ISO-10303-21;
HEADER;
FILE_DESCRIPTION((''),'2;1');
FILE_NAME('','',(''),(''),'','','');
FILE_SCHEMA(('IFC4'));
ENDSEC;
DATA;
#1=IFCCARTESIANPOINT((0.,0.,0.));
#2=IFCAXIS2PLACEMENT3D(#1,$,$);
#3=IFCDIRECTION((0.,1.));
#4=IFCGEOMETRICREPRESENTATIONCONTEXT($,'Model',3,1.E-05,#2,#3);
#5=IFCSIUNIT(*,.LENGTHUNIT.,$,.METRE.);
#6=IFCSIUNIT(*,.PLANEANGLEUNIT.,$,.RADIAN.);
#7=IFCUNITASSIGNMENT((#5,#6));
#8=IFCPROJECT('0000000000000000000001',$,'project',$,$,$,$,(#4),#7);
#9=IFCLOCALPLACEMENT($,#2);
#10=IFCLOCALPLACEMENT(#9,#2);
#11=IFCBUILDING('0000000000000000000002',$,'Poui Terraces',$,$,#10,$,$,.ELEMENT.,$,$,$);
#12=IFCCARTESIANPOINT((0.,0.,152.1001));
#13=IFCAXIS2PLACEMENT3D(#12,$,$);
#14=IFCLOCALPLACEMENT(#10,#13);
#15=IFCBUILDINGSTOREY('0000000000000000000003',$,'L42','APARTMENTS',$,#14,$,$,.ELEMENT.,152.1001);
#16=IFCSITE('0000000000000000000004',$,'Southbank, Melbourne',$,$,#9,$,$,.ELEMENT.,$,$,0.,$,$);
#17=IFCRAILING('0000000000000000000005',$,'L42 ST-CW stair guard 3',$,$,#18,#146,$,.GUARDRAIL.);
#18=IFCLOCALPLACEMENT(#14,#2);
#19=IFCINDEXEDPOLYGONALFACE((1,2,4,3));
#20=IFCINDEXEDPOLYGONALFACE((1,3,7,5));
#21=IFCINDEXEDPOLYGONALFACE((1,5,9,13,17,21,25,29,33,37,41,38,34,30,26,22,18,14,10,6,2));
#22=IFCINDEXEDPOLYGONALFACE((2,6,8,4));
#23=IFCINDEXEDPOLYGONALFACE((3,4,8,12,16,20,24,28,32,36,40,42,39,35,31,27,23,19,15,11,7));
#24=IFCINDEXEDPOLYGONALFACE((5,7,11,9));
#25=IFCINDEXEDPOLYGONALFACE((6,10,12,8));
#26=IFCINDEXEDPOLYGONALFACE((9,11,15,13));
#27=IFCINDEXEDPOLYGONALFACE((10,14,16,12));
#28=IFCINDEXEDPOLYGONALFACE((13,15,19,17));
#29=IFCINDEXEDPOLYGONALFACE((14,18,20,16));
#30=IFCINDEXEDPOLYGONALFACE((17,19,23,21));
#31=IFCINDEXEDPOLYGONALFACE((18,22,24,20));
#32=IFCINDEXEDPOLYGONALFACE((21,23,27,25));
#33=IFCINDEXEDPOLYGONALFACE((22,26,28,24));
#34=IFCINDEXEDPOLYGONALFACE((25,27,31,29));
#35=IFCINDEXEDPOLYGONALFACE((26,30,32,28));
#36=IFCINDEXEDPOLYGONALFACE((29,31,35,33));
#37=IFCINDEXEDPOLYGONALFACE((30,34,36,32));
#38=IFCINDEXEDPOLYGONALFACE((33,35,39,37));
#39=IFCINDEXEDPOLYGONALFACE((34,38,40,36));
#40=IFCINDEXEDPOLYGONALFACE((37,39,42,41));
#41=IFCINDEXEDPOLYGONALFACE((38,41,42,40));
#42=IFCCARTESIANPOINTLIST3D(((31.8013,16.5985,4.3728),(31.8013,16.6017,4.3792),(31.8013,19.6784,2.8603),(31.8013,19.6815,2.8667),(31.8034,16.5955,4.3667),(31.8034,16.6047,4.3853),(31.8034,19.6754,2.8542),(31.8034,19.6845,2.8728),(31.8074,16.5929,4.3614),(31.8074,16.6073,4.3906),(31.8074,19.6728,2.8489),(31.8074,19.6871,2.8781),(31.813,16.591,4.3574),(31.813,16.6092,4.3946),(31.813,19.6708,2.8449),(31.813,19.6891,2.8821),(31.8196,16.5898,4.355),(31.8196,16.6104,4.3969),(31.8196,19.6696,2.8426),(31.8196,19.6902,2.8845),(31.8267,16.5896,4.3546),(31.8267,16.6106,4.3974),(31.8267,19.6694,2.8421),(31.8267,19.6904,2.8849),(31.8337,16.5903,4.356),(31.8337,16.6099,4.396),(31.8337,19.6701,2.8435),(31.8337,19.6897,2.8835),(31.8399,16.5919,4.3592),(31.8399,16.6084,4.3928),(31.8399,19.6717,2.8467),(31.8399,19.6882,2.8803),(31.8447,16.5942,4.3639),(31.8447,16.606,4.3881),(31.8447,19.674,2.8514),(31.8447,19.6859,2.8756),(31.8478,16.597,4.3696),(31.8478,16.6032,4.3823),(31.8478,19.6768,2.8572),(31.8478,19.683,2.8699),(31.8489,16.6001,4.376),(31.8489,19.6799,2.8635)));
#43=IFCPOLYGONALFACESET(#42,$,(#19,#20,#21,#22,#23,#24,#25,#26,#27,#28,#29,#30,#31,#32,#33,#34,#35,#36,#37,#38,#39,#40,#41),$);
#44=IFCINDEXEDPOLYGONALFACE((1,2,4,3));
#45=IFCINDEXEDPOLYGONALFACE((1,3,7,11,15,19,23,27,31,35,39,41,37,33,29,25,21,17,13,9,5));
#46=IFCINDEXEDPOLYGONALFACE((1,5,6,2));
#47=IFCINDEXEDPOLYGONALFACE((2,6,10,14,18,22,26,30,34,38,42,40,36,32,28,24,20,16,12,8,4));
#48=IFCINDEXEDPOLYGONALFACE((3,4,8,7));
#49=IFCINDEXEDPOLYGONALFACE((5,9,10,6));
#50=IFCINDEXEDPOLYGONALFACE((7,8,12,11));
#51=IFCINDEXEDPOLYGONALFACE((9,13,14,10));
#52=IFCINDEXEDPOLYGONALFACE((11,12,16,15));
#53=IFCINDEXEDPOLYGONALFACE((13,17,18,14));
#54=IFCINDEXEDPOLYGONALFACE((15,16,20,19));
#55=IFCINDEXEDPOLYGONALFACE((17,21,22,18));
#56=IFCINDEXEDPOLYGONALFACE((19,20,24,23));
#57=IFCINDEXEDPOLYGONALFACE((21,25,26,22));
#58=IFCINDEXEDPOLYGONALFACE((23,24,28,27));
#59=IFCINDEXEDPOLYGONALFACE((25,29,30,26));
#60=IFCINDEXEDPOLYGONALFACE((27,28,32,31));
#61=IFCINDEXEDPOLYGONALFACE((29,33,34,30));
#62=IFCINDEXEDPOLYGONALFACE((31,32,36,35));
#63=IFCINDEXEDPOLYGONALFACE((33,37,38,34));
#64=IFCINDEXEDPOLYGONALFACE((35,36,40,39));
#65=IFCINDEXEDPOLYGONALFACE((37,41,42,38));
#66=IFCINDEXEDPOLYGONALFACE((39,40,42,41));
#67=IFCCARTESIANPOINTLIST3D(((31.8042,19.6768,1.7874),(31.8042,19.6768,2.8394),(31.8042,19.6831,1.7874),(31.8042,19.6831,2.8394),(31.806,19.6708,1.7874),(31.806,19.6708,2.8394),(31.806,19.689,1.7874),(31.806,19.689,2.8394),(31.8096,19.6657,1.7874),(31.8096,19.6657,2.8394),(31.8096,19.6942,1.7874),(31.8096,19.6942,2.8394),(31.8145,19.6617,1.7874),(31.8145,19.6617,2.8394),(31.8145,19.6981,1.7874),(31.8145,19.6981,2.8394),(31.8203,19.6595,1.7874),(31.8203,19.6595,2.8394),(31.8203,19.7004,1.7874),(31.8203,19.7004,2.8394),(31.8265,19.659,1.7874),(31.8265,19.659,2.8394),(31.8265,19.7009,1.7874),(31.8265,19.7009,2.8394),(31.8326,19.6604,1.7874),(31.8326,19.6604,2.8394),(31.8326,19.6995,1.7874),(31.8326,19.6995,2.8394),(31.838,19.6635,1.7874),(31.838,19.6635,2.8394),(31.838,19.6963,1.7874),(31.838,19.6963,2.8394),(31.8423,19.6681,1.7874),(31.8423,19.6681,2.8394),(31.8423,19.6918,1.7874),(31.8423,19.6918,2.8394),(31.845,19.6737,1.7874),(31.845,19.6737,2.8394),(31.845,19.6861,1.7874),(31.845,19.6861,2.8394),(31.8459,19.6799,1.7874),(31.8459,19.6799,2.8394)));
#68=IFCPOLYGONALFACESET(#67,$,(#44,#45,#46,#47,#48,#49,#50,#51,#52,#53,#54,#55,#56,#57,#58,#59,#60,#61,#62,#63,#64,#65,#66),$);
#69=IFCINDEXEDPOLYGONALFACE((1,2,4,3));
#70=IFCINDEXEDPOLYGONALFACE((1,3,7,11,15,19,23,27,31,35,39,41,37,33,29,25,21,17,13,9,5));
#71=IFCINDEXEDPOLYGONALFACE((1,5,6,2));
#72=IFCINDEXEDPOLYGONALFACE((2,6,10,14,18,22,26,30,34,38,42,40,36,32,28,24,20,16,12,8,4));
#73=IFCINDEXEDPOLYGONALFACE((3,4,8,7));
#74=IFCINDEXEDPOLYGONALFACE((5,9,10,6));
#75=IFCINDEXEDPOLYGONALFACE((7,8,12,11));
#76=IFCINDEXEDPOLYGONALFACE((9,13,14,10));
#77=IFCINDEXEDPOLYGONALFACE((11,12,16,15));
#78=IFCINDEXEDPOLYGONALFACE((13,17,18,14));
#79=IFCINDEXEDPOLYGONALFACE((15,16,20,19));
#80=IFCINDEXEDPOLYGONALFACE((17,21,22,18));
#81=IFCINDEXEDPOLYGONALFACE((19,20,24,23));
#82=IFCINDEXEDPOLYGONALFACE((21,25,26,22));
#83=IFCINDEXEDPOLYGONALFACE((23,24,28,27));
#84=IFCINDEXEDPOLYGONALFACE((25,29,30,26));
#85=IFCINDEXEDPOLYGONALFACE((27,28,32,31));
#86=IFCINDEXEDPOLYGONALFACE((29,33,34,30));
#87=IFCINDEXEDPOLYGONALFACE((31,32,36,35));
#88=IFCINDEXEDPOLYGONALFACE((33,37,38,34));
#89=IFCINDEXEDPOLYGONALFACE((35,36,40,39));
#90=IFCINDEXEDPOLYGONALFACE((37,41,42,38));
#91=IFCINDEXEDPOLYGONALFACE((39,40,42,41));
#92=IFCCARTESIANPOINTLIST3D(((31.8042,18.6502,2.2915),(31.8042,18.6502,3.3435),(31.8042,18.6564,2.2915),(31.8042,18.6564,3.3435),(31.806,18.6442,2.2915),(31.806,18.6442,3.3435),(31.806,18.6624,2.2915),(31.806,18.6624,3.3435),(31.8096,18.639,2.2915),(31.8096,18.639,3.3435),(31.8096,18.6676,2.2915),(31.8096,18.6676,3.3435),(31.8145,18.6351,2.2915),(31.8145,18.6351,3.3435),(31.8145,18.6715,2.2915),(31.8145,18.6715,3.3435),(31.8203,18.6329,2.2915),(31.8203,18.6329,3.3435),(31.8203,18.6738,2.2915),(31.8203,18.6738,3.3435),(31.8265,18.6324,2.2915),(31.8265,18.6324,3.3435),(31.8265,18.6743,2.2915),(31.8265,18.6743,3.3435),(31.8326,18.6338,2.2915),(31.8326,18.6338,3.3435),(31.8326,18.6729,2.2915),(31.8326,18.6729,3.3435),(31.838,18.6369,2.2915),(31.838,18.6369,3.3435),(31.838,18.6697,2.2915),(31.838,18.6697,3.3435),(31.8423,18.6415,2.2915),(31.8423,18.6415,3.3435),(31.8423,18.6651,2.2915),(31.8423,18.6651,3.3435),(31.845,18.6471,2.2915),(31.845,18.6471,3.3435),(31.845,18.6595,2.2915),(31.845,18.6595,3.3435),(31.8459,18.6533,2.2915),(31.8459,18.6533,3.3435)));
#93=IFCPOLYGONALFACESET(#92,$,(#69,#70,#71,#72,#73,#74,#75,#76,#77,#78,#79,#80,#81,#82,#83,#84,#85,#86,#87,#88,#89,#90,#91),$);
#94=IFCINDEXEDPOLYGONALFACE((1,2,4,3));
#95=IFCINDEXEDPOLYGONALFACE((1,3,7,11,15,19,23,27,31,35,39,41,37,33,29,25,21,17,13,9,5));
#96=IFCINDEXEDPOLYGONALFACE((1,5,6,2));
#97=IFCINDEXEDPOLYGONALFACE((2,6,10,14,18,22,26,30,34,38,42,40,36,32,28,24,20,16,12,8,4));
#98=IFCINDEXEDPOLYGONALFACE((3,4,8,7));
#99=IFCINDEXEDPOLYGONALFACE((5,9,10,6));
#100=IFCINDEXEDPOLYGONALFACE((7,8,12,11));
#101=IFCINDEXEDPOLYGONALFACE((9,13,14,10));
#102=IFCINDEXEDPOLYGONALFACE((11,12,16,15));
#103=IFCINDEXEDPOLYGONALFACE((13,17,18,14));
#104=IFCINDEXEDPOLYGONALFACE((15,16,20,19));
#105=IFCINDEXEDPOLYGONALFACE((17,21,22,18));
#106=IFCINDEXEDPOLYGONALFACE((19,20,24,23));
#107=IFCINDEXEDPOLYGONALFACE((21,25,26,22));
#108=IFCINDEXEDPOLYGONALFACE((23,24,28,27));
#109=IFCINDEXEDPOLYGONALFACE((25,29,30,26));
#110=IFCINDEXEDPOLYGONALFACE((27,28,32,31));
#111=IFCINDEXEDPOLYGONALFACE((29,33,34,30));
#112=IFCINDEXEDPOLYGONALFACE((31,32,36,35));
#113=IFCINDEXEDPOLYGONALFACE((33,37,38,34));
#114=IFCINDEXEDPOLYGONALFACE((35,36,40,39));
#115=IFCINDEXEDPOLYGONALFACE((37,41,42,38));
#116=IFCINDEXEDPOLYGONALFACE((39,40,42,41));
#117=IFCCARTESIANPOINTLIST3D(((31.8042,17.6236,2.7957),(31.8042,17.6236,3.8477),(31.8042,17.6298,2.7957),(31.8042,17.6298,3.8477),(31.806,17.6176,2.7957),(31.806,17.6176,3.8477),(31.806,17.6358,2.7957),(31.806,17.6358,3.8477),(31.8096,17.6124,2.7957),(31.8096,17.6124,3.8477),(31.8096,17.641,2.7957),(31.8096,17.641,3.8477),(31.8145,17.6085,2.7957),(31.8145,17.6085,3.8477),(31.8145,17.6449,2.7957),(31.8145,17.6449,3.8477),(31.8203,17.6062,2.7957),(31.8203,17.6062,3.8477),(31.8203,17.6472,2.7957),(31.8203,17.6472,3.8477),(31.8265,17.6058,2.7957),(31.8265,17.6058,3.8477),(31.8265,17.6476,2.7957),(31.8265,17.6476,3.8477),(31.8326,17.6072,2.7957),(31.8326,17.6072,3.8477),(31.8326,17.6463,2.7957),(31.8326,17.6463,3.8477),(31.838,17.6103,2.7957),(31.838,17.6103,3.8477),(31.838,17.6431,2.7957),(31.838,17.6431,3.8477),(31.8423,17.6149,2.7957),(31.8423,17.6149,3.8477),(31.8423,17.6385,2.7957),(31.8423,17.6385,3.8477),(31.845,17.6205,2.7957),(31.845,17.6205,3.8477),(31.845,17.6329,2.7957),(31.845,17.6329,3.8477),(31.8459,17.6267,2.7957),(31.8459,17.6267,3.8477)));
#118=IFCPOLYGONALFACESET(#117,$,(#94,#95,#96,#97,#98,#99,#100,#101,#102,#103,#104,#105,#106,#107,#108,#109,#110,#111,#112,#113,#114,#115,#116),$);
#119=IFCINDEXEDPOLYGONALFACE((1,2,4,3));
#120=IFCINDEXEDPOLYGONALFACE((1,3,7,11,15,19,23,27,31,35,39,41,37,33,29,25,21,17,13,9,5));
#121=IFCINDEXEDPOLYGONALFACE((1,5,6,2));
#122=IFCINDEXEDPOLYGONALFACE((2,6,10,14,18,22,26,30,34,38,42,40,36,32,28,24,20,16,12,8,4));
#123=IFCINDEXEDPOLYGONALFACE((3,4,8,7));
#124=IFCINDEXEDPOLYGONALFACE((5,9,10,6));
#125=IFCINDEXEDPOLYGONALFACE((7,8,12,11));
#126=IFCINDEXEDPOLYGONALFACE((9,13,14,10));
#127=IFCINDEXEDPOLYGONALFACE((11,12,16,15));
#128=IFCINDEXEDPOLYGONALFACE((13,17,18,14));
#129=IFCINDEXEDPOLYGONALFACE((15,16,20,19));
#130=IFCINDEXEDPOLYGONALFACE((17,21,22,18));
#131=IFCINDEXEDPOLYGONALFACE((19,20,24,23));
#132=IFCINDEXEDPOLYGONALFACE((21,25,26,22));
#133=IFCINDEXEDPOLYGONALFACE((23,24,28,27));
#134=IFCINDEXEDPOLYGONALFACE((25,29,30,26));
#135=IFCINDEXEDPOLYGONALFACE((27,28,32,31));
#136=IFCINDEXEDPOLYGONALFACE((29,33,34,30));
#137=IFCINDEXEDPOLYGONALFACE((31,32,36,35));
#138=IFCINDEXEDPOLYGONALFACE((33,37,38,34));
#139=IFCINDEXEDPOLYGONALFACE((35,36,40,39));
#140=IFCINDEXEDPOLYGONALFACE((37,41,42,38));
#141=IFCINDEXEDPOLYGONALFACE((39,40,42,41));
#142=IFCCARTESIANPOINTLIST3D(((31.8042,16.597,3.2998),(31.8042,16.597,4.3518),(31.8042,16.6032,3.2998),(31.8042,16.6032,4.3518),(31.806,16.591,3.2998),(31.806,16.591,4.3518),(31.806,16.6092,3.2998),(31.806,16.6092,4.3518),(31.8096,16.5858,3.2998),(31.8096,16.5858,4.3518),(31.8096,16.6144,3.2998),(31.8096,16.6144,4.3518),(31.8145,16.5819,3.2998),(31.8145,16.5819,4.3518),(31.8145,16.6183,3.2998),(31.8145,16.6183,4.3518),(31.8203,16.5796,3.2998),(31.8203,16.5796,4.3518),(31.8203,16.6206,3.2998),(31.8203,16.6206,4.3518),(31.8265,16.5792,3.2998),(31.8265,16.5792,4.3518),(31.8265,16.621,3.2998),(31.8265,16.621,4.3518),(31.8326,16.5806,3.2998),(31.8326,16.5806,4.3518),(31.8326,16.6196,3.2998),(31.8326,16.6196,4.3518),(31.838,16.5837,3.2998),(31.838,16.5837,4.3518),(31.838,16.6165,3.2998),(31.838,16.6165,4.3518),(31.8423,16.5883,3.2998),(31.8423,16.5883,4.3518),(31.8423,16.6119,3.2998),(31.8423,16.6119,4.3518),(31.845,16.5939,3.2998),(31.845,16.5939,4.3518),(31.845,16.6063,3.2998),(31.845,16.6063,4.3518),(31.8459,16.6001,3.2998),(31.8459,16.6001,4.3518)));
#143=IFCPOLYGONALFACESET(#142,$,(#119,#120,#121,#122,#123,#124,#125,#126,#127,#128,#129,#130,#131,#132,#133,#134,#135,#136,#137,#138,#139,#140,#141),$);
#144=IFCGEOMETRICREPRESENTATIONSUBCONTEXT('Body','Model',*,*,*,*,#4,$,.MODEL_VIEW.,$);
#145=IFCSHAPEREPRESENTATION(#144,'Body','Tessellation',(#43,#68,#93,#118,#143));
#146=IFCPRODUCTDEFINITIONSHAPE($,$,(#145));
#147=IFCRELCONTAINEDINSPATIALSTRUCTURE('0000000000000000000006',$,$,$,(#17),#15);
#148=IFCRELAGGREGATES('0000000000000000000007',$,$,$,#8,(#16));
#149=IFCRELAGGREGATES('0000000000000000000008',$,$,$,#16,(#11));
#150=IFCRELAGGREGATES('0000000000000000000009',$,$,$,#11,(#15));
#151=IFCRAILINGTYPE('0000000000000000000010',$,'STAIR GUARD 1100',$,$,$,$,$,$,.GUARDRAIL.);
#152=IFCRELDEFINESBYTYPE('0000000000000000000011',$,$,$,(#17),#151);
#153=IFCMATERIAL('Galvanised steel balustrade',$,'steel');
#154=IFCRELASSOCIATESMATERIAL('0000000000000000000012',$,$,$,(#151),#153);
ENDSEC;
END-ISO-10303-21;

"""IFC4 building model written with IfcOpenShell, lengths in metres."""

from ifc_helpers import new_model, si_unit, direction, frame, origin, origin_2d, place, context, subcontext, project, spatial, circle, extrude, material, type_object, element, save


model = new_model("IFC4")

# Units and contexts
model_context = context("Model", 3, precision=1e-05, world=origin(), true_north=direction((0.0, 1.0)))
body_context = subcontext(model_context, "Body", "Model", "MODEL_VIEW")
ifc_project = project(units=[si_unit("LENGTHUNIT", "METRE"), si_unit("PLANEANGLEUNIT", "RADIAN")], contexts=[model_context])

# Site, building, storey
site_placement = place(None, origin())
site = spatial("IfcSite", under=ifc_project, at=site_placement, Name="Southbank, Melbourne", CompositionType="ELEMENT", RefElevation=0.0)
building_placement = place(site_placement, origin())
building = spatial("IfcBuilding", under=site, at=building_placement, Name="Poui Terraces", CompositionType="ELEMENT")
storey_placement = place(building_placement, frame((0.0, 0.0, 152.1001)))
storey = spatial("IfcBuildingStorey", under=building, at=storey_placement, Name="L42", Description="APARTMENTS", CompositionType="ELEMENT", Elevation=152.1001)

# Railing
ifc_material_1 = material(Name="Galvanised steel balustrade", Category="steel")
railing_type_1 = type_object("IfcRailingType", Name="STAIR GUARD 1100", PredefinedType="GUARDRAIL", material=ifc_material_1)
railing_1_placement = place(storey_placement, frame((31.825, 19.6799, 1.7874)))
element("IfcRailing", 1, at=railing_1_placement, inside=storey, type_object=railing_type_1, Name="L42 ST-CW stair guard 3", PredefinedType="GUARDRAIL", context=body_context, shape_type="SweptSolid", body=[
    extrude(circle(Radius=0.0239, at=origin_2d()), frame((0.0, 0.0, 1.0762), z_axis=(0.0, -0.897606, 0.440798), x_axis=(1.0, 0.0, 0.0)), (0.0, 0.0, 1.0), 3.4312),
    extrude(circle(Radius=0.021, at=origin_2d()), origin(), (0.0, 0.0, 1.0), 1.052),
    extrude(circle(Radius=0.021, at=origin_2d()), frame((0.0, -1.0266, 0.5042)), (0.0, 0.0, 1.0), 1.052),
    extrude(circle(Radius=0.021, at=origin_2d()), frame((0.0, -2.0532, 1.0083)), (0.0, 0.0, 1.0), 1.052),
    extrude(circle(Radius=0.021, at=origin_2d()), frame((0.0, -3.0798, 1.5125)), (0.0, 0.0, 1.0), 1.052),
])

save(model, "model.ifc")
